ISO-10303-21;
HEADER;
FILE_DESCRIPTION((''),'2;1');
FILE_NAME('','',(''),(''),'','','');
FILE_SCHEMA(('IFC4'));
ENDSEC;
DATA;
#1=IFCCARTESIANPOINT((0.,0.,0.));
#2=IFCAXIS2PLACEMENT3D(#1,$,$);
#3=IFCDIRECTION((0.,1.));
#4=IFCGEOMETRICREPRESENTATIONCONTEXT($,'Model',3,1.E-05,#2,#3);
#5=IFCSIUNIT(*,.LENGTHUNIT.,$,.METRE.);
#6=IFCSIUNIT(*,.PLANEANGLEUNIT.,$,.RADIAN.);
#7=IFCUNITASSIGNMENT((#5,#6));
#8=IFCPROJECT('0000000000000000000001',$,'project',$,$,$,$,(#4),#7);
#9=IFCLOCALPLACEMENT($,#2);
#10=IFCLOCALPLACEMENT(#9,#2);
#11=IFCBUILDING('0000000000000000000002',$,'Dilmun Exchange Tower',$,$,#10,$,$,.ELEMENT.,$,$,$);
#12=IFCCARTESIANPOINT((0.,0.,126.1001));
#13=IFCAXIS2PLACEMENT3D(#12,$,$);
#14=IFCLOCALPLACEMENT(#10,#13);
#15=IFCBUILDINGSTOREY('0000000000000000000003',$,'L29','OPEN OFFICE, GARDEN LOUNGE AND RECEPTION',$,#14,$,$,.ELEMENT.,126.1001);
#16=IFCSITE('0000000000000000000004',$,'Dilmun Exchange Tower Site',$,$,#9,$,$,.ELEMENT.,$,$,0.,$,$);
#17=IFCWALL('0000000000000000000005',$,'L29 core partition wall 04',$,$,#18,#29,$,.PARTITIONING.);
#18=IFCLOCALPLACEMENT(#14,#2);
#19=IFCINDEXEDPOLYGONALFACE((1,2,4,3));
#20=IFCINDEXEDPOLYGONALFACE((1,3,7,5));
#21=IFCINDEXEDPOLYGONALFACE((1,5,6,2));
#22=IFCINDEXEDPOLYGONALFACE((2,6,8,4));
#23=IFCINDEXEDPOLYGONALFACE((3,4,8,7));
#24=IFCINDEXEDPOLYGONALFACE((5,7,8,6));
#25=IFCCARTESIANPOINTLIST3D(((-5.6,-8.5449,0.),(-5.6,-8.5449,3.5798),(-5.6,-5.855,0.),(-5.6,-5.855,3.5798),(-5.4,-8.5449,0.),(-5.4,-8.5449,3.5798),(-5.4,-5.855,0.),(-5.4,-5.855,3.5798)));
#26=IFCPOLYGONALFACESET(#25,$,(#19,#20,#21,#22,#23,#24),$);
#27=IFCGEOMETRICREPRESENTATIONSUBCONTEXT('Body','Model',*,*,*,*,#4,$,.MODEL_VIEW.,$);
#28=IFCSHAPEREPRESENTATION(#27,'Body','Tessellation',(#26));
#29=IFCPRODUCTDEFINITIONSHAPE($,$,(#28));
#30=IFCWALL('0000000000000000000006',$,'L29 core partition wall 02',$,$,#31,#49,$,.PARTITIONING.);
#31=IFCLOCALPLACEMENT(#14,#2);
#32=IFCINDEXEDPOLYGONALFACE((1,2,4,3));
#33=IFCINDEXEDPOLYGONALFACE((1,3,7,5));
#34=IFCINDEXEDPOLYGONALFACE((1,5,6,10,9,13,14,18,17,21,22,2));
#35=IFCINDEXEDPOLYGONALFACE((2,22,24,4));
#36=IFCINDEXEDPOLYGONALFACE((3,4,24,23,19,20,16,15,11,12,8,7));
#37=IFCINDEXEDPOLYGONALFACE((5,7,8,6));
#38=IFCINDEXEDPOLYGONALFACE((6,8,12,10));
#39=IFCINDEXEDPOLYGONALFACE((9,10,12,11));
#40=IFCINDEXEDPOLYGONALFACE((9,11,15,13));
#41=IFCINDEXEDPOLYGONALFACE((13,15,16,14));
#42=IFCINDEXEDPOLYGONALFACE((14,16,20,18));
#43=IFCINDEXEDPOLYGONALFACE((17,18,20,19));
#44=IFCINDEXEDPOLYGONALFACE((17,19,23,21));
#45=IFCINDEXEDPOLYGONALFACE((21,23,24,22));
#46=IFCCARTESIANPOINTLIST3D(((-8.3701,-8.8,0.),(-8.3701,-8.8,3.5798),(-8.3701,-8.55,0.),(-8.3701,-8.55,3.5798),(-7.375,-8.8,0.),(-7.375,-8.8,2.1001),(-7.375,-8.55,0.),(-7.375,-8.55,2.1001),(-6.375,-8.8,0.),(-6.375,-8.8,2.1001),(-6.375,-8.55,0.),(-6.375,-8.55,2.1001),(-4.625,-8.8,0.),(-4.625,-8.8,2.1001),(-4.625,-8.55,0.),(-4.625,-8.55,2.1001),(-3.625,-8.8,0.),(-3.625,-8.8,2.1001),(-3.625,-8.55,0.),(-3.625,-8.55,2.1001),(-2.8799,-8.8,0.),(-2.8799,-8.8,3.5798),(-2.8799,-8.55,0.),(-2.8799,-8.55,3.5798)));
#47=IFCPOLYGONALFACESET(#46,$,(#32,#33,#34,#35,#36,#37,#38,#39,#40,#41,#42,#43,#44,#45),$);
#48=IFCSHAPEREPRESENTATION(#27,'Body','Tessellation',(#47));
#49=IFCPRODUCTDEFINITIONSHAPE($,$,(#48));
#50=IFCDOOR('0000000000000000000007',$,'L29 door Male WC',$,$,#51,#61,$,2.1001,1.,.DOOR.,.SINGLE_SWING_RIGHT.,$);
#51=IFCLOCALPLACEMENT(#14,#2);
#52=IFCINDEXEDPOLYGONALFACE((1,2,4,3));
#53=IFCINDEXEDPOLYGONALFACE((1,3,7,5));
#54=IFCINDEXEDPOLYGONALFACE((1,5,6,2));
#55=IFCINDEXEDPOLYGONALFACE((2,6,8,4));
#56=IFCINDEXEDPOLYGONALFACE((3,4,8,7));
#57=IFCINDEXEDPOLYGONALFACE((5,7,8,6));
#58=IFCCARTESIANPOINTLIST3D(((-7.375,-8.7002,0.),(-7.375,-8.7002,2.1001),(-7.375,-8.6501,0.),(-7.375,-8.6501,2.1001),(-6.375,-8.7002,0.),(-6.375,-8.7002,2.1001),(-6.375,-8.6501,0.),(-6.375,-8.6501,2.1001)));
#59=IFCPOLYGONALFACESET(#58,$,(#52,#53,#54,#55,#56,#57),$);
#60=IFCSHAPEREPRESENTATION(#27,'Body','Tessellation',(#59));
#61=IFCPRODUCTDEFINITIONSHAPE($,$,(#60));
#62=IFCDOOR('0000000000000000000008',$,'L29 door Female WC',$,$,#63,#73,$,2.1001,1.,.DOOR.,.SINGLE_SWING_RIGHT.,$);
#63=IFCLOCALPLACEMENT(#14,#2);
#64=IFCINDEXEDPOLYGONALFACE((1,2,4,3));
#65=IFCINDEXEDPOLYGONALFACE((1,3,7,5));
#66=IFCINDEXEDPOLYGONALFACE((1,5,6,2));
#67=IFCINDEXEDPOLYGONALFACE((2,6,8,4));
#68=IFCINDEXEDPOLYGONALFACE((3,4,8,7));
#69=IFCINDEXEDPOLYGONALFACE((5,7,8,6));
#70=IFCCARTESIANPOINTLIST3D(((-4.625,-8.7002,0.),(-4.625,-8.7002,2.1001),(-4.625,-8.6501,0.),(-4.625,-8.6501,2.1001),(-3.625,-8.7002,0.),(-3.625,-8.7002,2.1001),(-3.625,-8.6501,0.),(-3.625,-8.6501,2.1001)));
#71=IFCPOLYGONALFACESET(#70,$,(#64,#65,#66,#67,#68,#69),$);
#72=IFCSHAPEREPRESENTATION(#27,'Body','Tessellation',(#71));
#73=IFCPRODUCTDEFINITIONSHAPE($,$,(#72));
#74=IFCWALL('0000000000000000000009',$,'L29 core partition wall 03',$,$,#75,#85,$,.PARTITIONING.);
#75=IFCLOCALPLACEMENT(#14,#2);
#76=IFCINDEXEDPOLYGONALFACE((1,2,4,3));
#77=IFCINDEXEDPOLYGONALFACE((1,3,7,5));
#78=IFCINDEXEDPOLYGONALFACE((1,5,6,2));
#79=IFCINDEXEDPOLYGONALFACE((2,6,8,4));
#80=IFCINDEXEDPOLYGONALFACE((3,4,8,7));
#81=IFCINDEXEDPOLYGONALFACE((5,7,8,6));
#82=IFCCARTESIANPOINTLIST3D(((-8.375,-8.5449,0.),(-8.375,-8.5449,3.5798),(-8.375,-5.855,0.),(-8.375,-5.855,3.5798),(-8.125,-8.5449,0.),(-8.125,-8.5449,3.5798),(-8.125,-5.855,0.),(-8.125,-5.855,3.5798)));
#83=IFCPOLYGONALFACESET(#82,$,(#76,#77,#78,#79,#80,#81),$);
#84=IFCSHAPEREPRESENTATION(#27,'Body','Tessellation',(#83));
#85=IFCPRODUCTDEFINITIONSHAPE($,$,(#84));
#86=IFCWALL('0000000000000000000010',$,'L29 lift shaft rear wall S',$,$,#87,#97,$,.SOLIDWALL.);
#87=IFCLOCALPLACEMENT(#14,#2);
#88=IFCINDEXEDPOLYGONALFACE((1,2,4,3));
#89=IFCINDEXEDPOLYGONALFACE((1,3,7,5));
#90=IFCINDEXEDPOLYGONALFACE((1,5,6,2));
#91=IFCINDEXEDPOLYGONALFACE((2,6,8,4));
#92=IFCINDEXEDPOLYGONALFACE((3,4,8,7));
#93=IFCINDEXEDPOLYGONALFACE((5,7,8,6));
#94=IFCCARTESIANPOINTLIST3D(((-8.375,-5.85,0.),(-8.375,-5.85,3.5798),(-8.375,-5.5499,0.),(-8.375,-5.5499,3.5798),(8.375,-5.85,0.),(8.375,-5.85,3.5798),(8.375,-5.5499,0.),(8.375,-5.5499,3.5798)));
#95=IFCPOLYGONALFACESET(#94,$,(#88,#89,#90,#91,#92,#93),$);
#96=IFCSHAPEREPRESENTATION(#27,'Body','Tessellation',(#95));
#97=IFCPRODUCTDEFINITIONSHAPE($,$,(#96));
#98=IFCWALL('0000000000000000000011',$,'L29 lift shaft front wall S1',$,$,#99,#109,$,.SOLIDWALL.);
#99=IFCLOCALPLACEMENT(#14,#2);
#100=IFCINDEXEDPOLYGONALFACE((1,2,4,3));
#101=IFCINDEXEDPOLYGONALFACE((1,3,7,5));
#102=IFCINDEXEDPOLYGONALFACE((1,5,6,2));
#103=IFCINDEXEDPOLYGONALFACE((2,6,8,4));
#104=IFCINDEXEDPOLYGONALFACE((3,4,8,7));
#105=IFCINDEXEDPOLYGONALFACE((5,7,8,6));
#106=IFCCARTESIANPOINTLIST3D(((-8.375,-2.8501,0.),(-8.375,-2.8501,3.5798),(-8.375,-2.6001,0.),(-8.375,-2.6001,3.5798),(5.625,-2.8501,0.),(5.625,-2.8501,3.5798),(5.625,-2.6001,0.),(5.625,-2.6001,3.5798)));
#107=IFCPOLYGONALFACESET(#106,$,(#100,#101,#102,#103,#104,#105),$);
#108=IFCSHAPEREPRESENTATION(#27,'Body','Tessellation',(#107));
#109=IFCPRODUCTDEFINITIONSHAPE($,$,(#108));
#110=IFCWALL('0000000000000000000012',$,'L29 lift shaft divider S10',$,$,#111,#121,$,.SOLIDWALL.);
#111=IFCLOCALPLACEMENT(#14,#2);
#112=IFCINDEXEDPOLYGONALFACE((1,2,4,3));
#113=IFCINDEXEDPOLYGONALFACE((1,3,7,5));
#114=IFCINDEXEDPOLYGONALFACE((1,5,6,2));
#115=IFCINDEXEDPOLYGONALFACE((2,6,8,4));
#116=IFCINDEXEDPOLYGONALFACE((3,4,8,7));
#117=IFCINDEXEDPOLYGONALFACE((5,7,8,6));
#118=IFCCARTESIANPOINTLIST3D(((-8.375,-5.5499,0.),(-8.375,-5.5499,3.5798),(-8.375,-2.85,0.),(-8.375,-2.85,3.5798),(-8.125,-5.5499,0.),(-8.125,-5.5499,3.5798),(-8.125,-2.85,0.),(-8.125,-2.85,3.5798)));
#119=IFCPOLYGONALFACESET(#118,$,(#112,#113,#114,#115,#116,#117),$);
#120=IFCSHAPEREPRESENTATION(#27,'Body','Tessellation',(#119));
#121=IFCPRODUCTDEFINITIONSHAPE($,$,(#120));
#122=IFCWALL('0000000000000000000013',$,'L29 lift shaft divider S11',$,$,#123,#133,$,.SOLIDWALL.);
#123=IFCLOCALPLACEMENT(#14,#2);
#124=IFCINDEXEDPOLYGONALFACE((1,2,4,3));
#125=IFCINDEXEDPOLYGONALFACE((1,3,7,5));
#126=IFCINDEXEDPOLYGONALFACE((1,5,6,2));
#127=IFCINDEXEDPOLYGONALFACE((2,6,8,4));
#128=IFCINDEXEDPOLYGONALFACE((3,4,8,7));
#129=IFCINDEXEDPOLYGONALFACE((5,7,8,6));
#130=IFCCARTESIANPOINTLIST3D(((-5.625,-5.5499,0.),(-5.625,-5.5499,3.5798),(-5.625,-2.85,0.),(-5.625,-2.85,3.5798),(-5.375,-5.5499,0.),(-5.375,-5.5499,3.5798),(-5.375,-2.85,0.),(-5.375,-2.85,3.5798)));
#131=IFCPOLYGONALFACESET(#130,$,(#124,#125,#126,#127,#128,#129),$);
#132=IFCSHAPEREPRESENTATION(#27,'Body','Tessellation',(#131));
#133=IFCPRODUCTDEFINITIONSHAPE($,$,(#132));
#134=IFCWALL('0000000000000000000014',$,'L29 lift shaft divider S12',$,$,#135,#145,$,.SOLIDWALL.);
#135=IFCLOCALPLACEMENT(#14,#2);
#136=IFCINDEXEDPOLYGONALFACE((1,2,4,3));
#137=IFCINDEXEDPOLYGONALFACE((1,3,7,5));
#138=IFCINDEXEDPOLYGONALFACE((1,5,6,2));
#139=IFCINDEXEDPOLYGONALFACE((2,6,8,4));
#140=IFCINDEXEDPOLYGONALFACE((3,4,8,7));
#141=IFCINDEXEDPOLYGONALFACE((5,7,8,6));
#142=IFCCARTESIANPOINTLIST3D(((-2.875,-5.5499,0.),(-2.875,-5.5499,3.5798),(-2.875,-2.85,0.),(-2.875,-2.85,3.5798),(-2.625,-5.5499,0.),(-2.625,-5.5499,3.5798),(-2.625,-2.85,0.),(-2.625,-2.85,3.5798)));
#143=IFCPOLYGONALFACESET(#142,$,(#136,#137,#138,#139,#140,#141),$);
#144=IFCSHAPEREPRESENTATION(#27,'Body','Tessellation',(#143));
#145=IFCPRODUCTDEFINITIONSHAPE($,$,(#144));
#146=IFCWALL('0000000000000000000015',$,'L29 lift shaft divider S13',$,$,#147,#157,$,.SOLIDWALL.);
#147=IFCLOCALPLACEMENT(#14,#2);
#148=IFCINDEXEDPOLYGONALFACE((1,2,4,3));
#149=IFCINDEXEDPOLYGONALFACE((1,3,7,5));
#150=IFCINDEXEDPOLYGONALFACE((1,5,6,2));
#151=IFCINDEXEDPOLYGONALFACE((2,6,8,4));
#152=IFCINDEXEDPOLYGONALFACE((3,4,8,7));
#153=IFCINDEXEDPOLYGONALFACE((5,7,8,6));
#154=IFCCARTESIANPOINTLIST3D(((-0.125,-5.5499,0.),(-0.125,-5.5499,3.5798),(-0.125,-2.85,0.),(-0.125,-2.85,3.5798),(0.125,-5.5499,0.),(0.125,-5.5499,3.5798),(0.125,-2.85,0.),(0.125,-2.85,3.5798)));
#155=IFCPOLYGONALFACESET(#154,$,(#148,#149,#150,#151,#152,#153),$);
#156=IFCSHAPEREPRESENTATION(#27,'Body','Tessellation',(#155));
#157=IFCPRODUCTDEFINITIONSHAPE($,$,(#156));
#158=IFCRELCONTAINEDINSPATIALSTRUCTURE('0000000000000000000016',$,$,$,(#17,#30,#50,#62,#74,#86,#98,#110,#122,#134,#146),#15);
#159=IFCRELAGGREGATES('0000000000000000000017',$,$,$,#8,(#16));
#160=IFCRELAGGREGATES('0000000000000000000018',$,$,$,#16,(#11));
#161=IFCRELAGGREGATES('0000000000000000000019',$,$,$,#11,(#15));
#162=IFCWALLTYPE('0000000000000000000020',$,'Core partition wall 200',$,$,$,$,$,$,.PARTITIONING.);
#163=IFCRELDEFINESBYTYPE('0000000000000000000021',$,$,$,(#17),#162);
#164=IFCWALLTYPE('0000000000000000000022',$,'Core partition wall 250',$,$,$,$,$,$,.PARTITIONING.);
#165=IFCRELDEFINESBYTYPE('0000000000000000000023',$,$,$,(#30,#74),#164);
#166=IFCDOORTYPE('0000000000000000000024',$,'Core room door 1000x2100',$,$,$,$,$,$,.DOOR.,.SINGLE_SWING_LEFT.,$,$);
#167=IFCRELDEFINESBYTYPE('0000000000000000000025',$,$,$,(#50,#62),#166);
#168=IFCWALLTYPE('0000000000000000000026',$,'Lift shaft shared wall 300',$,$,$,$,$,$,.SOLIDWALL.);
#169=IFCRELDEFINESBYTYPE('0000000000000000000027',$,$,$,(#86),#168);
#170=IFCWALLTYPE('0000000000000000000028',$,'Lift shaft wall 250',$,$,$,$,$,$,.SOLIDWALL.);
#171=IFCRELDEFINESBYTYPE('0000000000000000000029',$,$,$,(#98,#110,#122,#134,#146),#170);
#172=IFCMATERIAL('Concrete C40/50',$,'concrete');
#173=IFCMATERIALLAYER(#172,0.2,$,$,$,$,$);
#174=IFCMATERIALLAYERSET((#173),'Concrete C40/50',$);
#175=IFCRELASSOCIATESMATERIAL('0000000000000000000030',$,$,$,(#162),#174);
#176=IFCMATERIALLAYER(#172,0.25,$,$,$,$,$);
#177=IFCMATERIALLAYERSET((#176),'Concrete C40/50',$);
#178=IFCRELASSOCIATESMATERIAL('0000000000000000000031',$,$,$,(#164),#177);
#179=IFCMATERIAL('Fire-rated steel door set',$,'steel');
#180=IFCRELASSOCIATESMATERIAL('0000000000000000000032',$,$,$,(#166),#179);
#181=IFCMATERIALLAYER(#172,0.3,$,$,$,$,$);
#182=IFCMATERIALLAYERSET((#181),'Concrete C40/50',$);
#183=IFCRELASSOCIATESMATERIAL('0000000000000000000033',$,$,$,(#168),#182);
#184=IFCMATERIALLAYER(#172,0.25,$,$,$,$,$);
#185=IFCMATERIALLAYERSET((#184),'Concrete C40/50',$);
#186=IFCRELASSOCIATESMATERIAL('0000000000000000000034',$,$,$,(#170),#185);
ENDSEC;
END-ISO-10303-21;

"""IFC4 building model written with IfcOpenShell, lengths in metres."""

from ifc_helpers import new_model, si_unit, direction, frame, frame_2d, origin, place, context, subcontext, project, spatial, rectangle, extrude, material, layer, layer_set, type_object, element, fill, save


model = new_model("IFC4")

# Units and contexts
model_context = context("Model", 3, precision=1e-05, world=origin(), true_north=direction((0.0, 1.0)))
body_context = subcontext(model_context, "Body", "Model", "MODEL_VIEW")
ifc_project = project(units=[si_unit("LENGTHUNIT", "METRE"), si_unit("PLANEANGLEUNIT", "RADIAN")], contexts=[model_context])

# Site, building, storey
site_placement = place(None, origin())
site = spatial("IfcSite", under=ifc_project, at=site_placement, Name="Dilmun Exchange Tower Site", CompositionType="ELEMENT", RefElevation=0.0)
building_placement = place(site_placement, origin())
building = spatial("IfcBuilding", under=site, at=building_placement, Name="Dilmun Exchange Tower", CompositionType="ELEMENT")
storey_placement = place(building_placement, frame((0.0, 0.0, 126.1001)))
storey = spatial("IfcBuildingStorey", under=building, at=storey_placement, Name="L29", Description="OPEN OFFICE, GARDEN LOUNGE AND RECEPTION", CompositionType="ELEMENT", Elevation=126.1001)

# Wall
ifc_material_1 = material(Name="Concrete C40/50", Category="concrete")
ifc_layer_1 = layer(ifc_material_1, 0.2)
ifc_layer_set_1 = layer_set([ifc_layer_1], Name="Concrete C40/50")
wall_type_1 = type_object("IfcWallType", Name="Core partition wall 200", PredefinedType="PARTITIONING", material=ifc_layer_set_1)
wall_1_placement = place(storey_placement, frame((-5.5, -8.5449, 0.0), z_axis=(0.0, 0.0, 1.0), x_axis=(0.0, 1.0, 0.0)))
element("IfcWall", 1, at=wall_1_placement, inside=storey, type_object=wall_type_1, Name="L29 core partition wall 04", PredefinedType="PARTITIONING", context=body_context, shape_type="SweptSolid", body=[
    extrude(rectangle(XDim=2.6899, YDim=0.2, at=frame_2d((1.345, 0.0))), origin(), (0.0, 0.0, 1.0), 3.5798),
])

# Shared definitions
ifc_material_2 = material(Name="Fire-rated steel door set", Category="steel")

# Wall, openings, doors
ifc_layer_2 = layer(ifc_material_1, 0.25)
ifc_layer_set_2 = layer_set([ifc_layer_2], Name="Concrete C40/50")
wall_type_2 = type_object("IfcWallType", Name="Core partition wall 250", PredefinedType="PARTITIONING", material=ifc_layer_set_2)
wall_2_placement = place(storey_placement, frame((-8.3701, -8.675, 0.0), z_axis=(0.0, 0.0, 1.0), x_axis=(1.0, 0.0, 0.0)))
wall_2 = element("IfcWall", 2, at=wall_2_placement, inside=storey, type_object=wall_type_2, Name="L29 core partition wall 02", PredefinedType="PARTITIONING", context=body_context, shape_type="SweptSolid", body=[
    extrude(rectangle(XDim=5.4902, YDim=0.25, at=frame_2d((2.7451, 0.0))), origin(), (0.0, 0.0, 1.0), 3.5798),
])
opening_1_placement = place(wall_2_placement, frame((0.9951, 0.0, 0.0)))
opening_1 = element("IfcOpeningElement", 3, at=opening_1_placement, cuts=wall_2, PredefinedType="OPENING", context=body_context, shape_type="SweptSolid", body=[
    extrude(rectangle(XDim=1.0, YDim=2.1001, at=frame_2d((0.5, 1.05))), frame((0.0, 0.135, 0.0), z_axis=(0.0, -1.0, 0.0), x_axis=(1.0, 0.0, 0.0)), (0.0, 0.0, 1.0), 0.27),
])
opening_2_placement = place(wall_2_placement, frame((3.7451, 0.0, 0.0)))
opening_2 = element("IfcOpeningElement", 4, at=opening_2_placement, cuts=wall_2, PredefinedType="OPENING", context=body_context, shape_type="SweptSolid", body=[
    extrude(rectangle(XDim=1.0, YDim=2.1001, at=frame_2d((0.5, 1.05))), frame((0.0, 0.135, 0.0), z_axis=(0.0, -1.0, 0.0), x_axis=(1.0, 0.0, 0.0)), (0.0, 0.0, 1.0), 0.27),
])
door_type_1 = type_object("IfcDoorType", Name="Core room door 1000x2100", OperationType="SINGLE_SWING_LEFT", PredefinedType="DOOR", material=ifc_material_2)
door_1_placement = place(opening_1_placement, origin())
door_1 = element("IfcDoor", 5, at=door_1_placement, inside=storey, type_object=door_type_1, Name="L29 door Male WC", OperationType="SINGLE_SWING_RIGHT", OverallHeight=2.1001, OverallWidth=1.0, PredefinedType="DOOR", context=body_context, shape_type="SweptSolid", body=[
    extrude(rectangle(XDim=1.0, YDim=2.1001, at=frame_2d((0.5, 1.05))), frame((0.0, 0.0249, 0.0), z_axis=(0.0, -1.0, 0.0), x_axis=(1.0, 0.0, 0.0)), (0.0, 0.0, 1.0), 0.05),
])
fill(opening_1, door_1)
door_2_placement = place(opening_2_placement, origin())
door_2 = element("IfcDoor", 6, at=door_2_placement, inside=storey, type_object=door_type_1, Name="L29 door Female WC", OperationType="SINGLE_SWING_RIGHT", OverallHeight=2.1001, OverallWidth=1.0, PredefinedType="DOOR", context=body_context, shape_type="SweptSolid", body=[
    extrude(rectangle(XDim=1.0, YDim=2.1001, at=frame_2d((0.5, 1.05))), frame((0.0, 0.0249, 0.0), z_axis=(0.0, -1.0, 0.0), x_axis=(1.0, 0.0, 0.0)), (0.0, 0.0, 1.0), 0.05),
])
fill(opening_2, door_2)

# Walls
wall_3_placement = place(storey_placement, frame((-8.25, -8.5449, 0.0), z_axis=(0.0, 0.0, 1.0), x_axis=(0.0, 1.0, 0.0)))
element("IfcWall", 7, at=wall_3_placement, inside=storey, type_object=wall_type_2, Name="L29 core partition wall 03", PredefinedType="PARTITIONING", context=body_context, shape_type="SweptSolid", body=[
    extrude(rectangle(XDim=2.6899, YDim=0.25, at=frame_2d((1.345, 0.0))), origin(), (0.0, 0.0, 1.0), 3.5798),
])
ifc_layer_3 = layer(ifc_material_1, 0.3)
ifc_layer_set_3 = layer_set([ifc_layer_3], Name="Concrete C40/50")
wall_type_3 = type_object("IfcWallType", Name="Lift shaft shared wall 300", PredefinedType="SOLIDWALL", material=ifc_layer_set_3)
wall_4_placement = place(storey_placement, frame((-8.375, -5.7, 0.0), z_axis=(0.0, 0.0, 1.0), x_axis=(1.0, 0.0, 0.0)))
element("IfcWall", 8, at=wall_4_placement, inside=storey, type_object=wall_type_3, Name="L29 lift shaft rear wall S", PredefinedType="SOLIDWALL", context=body_context, shape_type="SweptSolid", body=[
    extrude(rectangle(XDim=16.75, YDim=0.3, at=frame_2d((8.375, 0.0))), origin(), (0.0, 0.0, 1.0), 3.5798),
])
ifc_layer_4 = layer(ifc_material_1, 0.25)
ifc_layer_set_4 = layer_set([ifc_layer_4], Name="Concrete C40/50")
wall_type_4 = type_object("IfcWallType", Name="Lift shaft wall 250", PredefinedType="SOLIDWALL", material=ifc_layer_set_4)
wall_5_placement = place(storey_placement, frame((-8.375, -2.7251, 0.0), z_axis=(0.0, 0.0, 1.0), x_axis=(1.0, 0.0, 0.0)))
element("IfcWall", 9, at=wall_5_placement, inside=storey, type_object=wall_type_4, Name="L29 lift shaft front wall S1", PredefinedType="SOLIDWALL", context=body_context, shape_type="SweptSolid", body=[
    extrude(rectangle(XDim=14.0, YDim=0.25, at=frame_2d((7.0, 0.0))), origin(), (0.0, 0.0, 1.0), 3.5798),
])
for number, where, z_axis, x_axis, name in (
    (10, (-8.25, -5.55, 0.0), (0.0, 0.0, 1.0), (0.0, 1.0, 0.0), "L29 lift shaft divider S10"),
    (11, (-5.5, -5.55, 0.0), (0.0, 0.0, 1.0), (0.0, 1.0, 0.0), "L29 lift shaft divider S11"),
    (12, (-2.75, -5.55, 0.0), (0.0, 0.0, 1.0), (0.0, 1.0, 0.0), "L29 lift shaft divider S12"),
    (13, (0.0, -5.55, 0.0), (0.0, 0.0, 1.0), (0.0, 1.0, 0.0), "L29 lift shaft divider S13"),
):
    element("IfcWall", number, at=place(storey_placement, frame(where, z_axis=z_axis, x_axis=x_axis)), inside=storey, type_object=wall_type_4, Name=name, PredefinedType="SOLIDWALL", context=body_context, shape_type="SweptSolid", body=[
        extrude(rectangle(XDim=2.7, YDim=0.25, at=frame_2d((1.3501, 0.0))), origin(), (0.0, 0.0, 1.0), 3.5798),
    ])

save(model, "model.ifc")
